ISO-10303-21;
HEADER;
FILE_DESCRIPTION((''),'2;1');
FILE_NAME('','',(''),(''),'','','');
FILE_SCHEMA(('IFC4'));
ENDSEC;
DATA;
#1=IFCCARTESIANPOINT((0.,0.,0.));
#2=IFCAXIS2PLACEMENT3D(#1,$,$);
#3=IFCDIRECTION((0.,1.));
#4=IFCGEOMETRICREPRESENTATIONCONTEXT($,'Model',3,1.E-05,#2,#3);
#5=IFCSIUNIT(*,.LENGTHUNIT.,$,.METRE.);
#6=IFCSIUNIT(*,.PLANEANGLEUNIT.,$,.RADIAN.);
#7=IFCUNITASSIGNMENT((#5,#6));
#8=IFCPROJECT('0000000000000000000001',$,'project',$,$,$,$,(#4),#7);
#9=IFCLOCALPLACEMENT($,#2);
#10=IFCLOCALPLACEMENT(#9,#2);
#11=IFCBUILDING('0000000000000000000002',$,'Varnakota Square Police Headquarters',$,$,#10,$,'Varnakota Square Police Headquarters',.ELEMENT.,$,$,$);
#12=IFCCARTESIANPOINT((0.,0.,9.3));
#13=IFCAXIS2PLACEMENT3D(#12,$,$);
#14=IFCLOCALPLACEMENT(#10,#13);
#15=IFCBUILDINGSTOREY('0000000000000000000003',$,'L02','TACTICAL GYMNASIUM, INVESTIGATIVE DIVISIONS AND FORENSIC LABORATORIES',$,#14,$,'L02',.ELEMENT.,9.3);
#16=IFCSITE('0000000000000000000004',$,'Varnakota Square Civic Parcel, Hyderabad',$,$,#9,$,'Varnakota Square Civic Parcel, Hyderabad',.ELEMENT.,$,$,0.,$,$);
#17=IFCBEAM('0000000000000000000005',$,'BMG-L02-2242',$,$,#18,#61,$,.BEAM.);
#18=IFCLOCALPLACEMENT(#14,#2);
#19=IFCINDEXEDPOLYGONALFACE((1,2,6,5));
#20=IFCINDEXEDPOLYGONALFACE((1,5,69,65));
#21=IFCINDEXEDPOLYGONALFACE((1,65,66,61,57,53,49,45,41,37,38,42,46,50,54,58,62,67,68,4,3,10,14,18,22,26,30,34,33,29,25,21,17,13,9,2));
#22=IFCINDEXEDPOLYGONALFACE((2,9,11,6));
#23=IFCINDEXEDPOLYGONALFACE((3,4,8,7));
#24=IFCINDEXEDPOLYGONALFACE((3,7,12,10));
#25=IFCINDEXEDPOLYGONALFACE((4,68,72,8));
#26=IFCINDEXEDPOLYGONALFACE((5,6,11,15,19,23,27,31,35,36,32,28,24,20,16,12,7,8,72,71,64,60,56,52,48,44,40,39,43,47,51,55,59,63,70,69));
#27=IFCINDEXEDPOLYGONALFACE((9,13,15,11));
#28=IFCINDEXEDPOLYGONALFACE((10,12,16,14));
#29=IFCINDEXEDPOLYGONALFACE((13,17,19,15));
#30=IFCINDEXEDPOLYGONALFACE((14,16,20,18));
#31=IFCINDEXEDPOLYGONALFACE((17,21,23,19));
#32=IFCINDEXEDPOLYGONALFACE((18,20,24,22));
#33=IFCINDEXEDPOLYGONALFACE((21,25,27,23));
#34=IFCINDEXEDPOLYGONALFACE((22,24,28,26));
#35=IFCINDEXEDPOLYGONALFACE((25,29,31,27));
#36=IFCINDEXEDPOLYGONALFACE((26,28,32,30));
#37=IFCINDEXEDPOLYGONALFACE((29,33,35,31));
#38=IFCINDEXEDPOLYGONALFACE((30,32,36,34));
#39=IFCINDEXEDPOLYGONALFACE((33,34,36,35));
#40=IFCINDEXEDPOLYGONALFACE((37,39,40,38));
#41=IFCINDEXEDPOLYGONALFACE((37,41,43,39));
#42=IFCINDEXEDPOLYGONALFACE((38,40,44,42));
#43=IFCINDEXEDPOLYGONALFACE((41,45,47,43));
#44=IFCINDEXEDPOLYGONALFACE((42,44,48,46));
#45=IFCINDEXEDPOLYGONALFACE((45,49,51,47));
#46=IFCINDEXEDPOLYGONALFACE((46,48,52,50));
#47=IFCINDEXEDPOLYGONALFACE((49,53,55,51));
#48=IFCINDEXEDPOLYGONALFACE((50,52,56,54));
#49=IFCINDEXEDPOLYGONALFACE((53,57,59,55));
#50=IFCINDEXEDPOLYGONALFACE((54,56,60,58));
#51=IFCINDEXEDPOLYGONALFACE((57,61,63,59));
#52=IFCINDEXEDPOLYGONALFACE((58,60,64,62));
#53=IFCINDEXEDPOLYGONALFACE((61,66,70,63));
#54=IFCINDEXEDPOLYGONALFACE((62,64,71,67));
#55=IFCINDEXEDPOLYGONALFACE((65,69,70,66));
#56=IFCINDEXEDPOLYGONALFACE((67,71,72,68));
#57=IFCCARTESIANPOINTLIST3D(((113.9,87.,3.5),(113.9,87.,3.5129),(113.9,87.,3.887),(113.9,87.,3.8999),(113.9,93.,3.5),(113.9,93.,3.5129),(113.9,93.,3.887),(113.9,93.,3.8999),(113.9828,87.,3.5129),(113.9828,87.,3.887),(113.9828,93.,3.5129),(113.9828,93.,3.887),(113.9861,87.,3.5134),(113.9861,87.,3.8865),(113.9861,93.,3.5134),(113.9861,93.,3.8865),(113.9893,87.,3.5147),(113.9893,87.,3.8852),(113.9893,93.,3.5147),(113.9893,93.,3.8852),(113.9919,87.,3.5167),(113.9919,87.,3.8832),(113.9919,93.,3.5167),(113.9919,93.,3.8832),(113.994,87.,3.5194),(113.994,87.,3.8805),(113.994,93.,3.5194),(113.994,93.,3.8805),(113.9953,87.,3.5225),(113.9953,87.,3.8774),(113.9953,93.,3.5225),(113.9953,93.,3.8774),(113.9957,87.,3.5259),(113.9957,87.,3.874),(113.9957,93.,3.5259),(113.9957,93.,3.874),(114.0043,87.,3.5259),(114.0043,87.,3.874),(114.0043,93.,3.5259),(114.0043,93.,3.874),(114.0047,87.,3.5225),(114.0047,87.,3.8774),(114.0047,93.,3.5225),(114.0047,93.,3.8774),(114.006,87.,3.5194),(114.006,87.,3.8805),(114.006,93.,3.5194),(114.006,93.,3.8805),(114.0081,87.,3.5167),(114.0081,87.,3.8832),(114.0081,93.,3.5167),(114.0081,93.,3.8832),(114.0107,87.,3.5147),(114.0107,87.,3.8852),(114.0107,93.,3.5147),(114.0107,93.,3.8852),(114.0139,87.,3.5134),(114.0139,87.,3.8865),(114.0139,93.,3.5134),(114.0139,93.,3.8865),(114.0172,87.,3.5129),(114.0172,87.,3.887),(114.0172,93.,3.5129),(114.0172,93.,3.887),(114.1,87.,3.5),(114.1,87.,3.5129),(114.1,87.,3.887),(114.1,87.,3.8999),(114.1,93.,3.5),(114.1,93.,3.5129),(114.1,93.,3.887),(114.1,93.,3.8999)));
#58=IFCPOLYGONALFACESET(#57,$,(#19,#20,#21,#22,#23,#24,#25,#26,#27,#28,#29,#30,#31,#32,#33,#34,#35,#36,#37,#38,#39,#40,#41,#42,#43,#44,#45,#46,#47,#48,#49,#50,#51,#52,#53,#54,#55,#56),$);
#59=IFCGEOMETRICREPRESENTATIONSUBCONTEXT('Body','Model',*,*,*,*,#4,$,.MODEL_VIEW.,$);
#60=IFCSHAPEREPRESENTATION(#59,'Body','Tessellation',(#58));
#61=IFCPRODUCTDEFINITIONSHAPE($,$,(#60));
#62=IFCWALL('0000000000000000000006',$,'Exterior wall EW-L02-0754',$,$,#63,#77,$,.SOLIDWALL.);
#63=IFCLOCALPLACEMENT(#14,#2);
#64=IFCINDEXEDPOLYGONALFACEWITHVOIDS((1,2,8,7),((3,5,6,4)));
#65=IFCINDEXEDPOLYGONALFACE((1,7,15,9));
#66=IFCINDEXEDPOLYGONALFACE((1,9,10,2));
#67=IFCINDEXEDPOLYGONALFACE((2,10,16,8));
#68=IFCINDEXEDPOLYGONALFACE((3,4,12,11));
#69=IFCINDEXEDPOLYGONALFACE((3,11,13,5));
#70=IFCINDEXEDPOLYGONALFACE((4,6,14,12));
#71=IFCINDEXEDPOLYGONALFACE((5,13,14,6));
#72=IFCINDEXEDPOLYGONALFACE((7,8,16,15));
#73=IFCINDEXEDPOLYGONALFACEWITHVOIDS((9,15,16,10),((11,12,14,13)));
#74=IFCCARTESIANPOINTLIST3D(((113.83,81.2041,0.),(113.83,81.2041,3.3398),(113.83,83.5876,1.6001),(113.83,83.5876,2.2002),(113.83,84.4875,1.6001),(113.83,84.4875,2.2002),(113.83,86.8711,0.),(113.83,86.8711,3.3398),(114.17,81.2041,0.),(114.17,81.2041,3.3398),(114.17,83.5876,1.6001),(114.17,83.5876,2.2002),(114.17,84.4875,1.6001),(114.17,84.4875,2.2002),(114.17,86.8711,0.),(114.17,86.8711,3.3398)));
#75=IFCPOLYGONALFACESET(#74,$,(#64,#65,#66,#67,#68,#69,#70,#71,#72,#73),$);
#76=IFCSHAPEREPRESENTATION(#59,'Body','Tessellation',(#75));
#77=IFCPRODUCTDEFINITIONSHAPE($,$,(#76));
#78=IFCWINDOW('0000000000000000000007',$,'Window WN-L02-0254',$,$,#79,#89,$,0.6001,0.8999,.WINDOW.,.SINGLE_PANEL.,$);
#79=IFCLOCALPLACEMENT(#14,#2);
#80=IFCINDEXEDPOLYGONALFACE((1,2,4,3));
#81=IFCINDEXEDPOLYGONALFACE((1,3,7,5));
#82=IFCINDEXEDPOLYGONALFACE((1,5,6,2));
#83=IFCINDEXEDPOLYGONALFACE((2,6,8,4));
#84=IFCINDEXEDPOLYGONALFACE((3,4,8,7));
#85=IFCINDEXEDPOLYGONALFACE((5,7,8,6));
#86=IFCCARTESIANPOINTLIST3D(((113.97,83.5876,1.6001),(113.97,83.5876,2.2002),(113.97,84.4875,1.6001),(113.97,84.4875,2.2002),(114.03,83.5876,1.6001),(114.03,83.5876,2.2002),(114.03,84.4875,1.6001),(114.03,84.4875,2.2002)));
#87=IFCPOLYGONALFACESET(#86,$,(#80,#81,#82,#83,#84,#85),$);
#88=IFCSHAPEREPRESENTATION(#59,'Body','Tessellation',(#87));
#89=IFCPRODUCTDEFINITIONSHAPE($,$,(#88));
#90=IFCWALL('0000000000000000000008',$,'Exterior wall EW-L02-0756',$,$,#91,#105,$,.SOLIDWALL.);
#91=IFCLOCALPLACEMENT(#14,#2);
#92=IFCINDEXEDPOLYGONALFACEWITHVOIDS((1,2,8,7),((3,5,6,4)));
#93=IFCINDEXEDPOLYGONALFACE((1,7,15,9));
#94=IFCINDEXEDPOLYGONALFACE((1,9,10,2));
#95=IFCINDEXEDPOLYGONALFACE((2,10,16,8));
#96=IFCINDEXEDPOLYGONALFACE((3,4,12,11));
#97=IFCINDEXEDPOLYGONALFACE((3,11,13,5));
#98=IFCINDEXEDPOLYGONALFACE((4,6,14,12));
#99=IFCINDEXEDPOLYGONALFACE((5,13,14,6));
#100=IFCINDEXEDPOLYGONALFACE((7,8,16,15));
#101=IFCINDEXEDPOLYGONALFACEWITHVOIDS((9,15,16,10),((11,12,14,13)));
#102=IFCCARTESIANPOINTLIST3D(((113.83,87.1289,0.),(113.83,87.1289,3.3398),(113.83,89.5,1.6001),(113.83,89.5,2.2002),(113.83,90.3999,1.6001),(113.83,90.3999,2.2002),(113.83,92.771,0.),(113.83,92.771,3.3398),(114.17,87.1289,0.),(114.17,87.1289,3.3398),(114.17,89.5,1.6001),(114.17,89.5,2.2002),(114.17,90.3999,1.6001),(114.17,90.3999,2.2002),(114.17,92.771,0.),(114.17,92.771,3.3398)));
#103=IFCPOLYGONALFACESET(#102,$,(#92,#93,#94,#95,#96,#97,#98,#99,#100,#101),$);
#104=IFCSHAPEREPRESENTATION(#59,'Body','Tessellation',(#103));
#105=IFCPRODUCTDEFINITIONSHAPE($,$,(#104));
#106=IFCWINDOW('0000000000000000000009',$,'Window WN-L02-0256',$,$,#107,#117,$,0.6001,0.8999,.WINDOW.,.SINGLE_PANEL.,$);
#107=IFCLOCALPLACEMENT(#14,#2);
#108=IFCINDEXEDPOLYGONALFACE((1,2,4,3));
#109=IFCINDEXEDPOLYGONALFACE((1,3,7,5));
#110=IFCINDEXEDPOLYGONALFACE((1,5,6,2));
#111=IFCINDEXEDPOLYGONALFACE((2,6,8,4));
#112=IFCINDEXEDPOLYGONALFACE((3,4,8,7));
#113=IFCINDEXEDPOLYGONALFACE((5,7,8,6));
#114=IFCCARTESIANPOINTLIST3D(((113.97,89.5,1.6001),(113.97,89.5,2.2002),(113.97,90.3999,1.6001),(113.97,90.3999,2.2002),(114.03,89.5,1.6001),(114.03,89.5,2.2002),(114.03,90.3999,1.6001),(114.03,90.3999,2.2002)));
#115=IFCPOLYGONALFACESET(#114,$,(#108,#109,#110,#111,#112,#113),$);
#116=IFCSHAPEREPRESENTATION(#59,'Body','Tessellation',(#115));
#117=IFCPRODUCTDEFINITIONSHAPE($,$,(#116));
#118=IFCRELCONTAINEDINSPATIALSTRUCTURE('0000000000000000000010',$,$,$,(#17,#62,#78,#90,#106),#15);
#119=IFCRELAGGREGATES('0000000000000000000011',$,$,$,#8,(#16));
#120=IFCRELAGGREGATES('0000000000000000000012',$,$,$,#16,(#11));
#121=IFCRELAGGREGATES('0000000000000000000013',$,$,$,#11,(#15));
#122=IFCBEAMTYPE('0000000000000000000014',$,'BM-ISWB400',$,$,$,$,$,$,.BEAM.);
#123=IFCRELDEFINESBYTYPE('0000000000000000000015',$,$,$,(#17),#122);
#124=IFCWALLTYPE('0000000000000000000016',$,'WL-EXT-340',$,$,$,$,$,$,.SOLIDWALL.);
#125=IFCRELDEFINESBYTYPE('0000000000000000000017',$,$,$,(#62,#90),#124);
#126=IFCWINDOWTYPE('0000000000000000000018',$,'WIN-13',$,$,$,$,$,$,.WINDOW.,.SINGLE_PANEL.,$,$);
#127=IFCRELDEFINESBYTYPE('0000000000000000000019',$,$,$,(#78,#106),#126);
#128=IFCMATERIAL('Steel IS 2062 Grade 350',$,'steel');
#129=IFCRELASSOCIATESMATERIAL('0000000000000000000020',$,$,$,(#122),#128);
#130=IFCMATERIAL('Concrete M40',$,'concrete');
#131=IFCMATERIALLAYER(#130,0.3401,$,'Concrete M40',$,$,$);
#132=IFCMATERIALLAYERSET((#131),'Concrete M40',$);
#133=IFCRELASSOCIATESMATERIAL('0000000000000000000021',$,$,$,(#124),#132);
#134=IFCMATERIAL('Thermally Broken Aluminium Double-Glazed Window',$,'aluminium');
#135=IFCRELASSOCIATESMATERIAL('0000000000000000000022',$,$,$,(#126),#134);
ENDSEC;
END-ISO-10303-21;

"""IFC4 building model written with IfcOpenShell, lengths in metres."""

from ifc_helpers import new_model, si_unit, direction, frame, frame_2d, origin, origin_2d, place, context, subcontext, project, spatial, rectangle, i_section, extrude, material, layer, layer_set, material_profile, profile_set, type_object, element, fill, save


model = new_model("IFC4")

# Units and contexts
model_context = context("Model", 3, precision=1e-05, world=origin(), true_north=direction((0.0, 1.0)))
body_context = subcontext(model_context, "Body", "Model", "MODEL_VIEW")
ifc_project = project(units=[si_unit("LENGTHUNIT", "METRE"), si_unit("PLANEANGLEUNIT", "RADIAN")], contexts=[model_context])

# Site, building, storey
site_placement = place(None, origin())
site = spatial("IfcSite", under=ifc_project, at=site_placement, Name="Varnakota Square Civic Parcel, Hyderabad", LongName="Varnakota Square Civic Parcel, Hyderabad", CompositionType="ELEMENT", RefElevation=0.0)
building_placement = place(site_placement, origin())
building = spatial("IfcBuilding", under=site, at=building_placement, Name="Varnakota Square Police Headquarters", LongName="Varnakota Square Police Headquarters", CompositionType="ELEMENT")
storey_placement = place(building_placement, frame((0.0, 0.0, 9.3)))
storey = spatial("IfcBuildingStorey", under=building, at=storey_placement, Name="L02", Description="TACTICAL GYMNASIUM, INVESTIGATIVE DIVISIONS AND FORENSIC LABORATORIES", LongName="L02", CompositionType="ELEMENT", Elevation=9.3)

# Shared definitions
ifc_material_1 = material(Name="Steel IS 2062 Grade 350", Category="steel")

# Beam
ifc_material_profile_1 = material_profile(ifc_material_1, i_section(OverallWidth=0.2, OverallDepth=0.3999, WebThickness=0.0085, FlangeThickness=0.0129, FilletRadius=0.0129, at=origin_2d()), Name="ISWB 400")
ifc_profile_set_1 = profile_set([ifc_material_profile_1], Name="Steel IS 2062 Grade 350")
beam_type_1 = type_object("IfcBeamType", Name="BM-ISWB400", PredefinedType="BEAM", material=ifc_profile_set_1)
for number, where, z_axis, x_axis, name in (
    (1, (114.0, 87.0, 3.7), (0.0, 1.0, 0.0), (-1.0, 0.0, 0.0), "BMG-L02-2242"),
):
    element("IfcBeam", number, at=place(storey_placement, frame(where, z_axis=z_axis, x_axis=x_axis)), inside=storey, type_object=beam_type_1, Name=name, PredefinedType="BEAM", context=body_context, shape_type="SweptSolid", body=[
        extrude(i_section(OverallWidth=0.2, OverallDepth=0.3999, WebThickness=0.0085, FlangeThickness=0.0129, FilletRadius=0.0129, at=origin_2d()), origin(), (0.0, 0.0, 1.0), 6.0),
    ])

# Walls, openings, windows
ifc_material_2 = material(Name="Concrete M40", Category="concrete")
ifc_layer = layer(ifc_material_2, 0.3401, Name="Concrete M40")
ifc_layer_set = layer_set([ifc_layer], Name="Concrete M40")
wall_type = type_object("IfcWallType", Name="WL-EXT-340", PredefinedType="SOLIDWALL", material=ifc_layer_set)
wall_1_placement = place(storey_placement, frame((114.0, 81.2041, 0.0), z_axis=(0.0, 0.0, 1.0), x_axis=(0.0, 1.0, 0.0)))
wall_1 = element("IfcWall", 2, at=wall_1_placement, inside=storey, type_object=wall_type, Name="Exterior wall EW-L02-0754", PredefinedType="SOLIDWALL", context=body_context, shape_type="SweptSolid", body=[
    extrude(rectangle(XDim=5.667, YDim=0.3401, at=frame_2d((2.8335, 0.0))), origin(), (0.0, 0.0, 1.0), 3.3398),
])
opening_1_placement = place(wall_1_placement, frame((2.3835, 0.0, 1.6001)))
opening_1 = element("IfcOpeningElement", 3, at=opening_1_placement, cuts=wall_1, PredefinedType="OPENING", context=body_context, shape_type="SweptSolid", body=[
    extrude(rectangle(XDim=0.8999, YDim=0.6001, at=frame_2d((0.45, 0.3))), frame((0.0, 0.1799, 0.0), z_axis=(0.0, -1.0, 0.0), x_axis=(1.0, 0.0, 0.0)), (0.0, 0.0, 1.0), 0.3601),
])
ifc_material_3 = material(Name="Thermally Broken Aluminium Double-Glazed Window", Category="aluminium")
window_type = type_object("IfcWindowType", Name="WIN-13", PartitioningType="SINGLE_PANEL", PredefinedType="WINDOW", material=ifc_material_3)
window_1_placement = place(opening_1_placement, origin())
window_1 = element("IfcWindow", 4, at=window_1_placement, inside=storey, type_object=window_type, Name="Window WN-L02-0254", OverallHeight=0.6001, OverallWidth=0.8999, PartitioningType="SINGLE_PANEL", PredefinedType="WINDOW", context=body_context, shape_type="SweptSolid", body=[
    extrude(rectangle(XDim=0.8999, YDim=0.6001, at=frame_2d((0.45, 0.3))), frame((0.0, 0.03, 0.0), z_axis=(0.0, -1.0, 0.0), x_axis=(1.0, 0.0, 0.0)), (0.0, 0.0, 1.0), 0.0601),
])
fill(opening_1, window_1)
wall_2_placement = place(storey_placement, frame((114.0, 87.1289, 0.0), z_axis=(0.0, 0.0, 1.0), x_axis=(0.0, 1.0, 0.0)))
wall_2 = element("IfcWall", 5, at=wall_2_placement, inside=storey, type_object=wall_type, Name="Exterior wall EW-L02-0756", PredefinedType="SOLIDWALL", context=body_context, shape_type="SweptSolid", body=[
    extrude(rectangle(XDim=5.6421, YDim=0.3401, at=frame_2d((2.821, 0.0))), origin(), (0.0, 0.0, 1.0), 3.3398),
])
opening_2_placement = place(wall_2_placement, frame((2.3711, 0.0, 1.6001)))
opening_2 = element("IfcOpeningElement", 6, at=opening_2_placement, cuts=wall_2, PredefinedType="OPENING", context=body_context, shape_type="SweptSolid", body=[
    extrude(rectangle(XDim=0.8999, YDim=0.6001, at=frame_2d((0.45, 0.3))), frame((0.0, 0.1799, 0.0), z_axis=(0.0, -1.0, 0.0), x_axis=(1.0, 0.0, 0.0)), (0.0, 0.0, 1.0), 0.3601),
])
window_2_placement = place(opening_2_placement, origin())
window_2 = element("IfcWindow", 7, at=window_2_placement, inside=storey, type_object=window_type, Name="Window WN-L02-0256", OverallHeight=0.6001, OverallWidth=0.8999, PartitioningType="SINGLE_PANEL", PredefinedType="WINDOW", context=body_context, shape_type="SweptSolid", body=[
    extrude(rectangle(XDim=0.8999, YDim=0.6001, at=frame_2d((0.45, 0.3))), frame((0.0, 0.03, 0.0), z_axis=(0.0, -1.0, 0.0), x_axis=(1.0, 0.0, 0.0)), (0.0, 0.0, 1.0), 0.0601),
])
fill(opening_2, window_2)

save(model, "model.ifc")
